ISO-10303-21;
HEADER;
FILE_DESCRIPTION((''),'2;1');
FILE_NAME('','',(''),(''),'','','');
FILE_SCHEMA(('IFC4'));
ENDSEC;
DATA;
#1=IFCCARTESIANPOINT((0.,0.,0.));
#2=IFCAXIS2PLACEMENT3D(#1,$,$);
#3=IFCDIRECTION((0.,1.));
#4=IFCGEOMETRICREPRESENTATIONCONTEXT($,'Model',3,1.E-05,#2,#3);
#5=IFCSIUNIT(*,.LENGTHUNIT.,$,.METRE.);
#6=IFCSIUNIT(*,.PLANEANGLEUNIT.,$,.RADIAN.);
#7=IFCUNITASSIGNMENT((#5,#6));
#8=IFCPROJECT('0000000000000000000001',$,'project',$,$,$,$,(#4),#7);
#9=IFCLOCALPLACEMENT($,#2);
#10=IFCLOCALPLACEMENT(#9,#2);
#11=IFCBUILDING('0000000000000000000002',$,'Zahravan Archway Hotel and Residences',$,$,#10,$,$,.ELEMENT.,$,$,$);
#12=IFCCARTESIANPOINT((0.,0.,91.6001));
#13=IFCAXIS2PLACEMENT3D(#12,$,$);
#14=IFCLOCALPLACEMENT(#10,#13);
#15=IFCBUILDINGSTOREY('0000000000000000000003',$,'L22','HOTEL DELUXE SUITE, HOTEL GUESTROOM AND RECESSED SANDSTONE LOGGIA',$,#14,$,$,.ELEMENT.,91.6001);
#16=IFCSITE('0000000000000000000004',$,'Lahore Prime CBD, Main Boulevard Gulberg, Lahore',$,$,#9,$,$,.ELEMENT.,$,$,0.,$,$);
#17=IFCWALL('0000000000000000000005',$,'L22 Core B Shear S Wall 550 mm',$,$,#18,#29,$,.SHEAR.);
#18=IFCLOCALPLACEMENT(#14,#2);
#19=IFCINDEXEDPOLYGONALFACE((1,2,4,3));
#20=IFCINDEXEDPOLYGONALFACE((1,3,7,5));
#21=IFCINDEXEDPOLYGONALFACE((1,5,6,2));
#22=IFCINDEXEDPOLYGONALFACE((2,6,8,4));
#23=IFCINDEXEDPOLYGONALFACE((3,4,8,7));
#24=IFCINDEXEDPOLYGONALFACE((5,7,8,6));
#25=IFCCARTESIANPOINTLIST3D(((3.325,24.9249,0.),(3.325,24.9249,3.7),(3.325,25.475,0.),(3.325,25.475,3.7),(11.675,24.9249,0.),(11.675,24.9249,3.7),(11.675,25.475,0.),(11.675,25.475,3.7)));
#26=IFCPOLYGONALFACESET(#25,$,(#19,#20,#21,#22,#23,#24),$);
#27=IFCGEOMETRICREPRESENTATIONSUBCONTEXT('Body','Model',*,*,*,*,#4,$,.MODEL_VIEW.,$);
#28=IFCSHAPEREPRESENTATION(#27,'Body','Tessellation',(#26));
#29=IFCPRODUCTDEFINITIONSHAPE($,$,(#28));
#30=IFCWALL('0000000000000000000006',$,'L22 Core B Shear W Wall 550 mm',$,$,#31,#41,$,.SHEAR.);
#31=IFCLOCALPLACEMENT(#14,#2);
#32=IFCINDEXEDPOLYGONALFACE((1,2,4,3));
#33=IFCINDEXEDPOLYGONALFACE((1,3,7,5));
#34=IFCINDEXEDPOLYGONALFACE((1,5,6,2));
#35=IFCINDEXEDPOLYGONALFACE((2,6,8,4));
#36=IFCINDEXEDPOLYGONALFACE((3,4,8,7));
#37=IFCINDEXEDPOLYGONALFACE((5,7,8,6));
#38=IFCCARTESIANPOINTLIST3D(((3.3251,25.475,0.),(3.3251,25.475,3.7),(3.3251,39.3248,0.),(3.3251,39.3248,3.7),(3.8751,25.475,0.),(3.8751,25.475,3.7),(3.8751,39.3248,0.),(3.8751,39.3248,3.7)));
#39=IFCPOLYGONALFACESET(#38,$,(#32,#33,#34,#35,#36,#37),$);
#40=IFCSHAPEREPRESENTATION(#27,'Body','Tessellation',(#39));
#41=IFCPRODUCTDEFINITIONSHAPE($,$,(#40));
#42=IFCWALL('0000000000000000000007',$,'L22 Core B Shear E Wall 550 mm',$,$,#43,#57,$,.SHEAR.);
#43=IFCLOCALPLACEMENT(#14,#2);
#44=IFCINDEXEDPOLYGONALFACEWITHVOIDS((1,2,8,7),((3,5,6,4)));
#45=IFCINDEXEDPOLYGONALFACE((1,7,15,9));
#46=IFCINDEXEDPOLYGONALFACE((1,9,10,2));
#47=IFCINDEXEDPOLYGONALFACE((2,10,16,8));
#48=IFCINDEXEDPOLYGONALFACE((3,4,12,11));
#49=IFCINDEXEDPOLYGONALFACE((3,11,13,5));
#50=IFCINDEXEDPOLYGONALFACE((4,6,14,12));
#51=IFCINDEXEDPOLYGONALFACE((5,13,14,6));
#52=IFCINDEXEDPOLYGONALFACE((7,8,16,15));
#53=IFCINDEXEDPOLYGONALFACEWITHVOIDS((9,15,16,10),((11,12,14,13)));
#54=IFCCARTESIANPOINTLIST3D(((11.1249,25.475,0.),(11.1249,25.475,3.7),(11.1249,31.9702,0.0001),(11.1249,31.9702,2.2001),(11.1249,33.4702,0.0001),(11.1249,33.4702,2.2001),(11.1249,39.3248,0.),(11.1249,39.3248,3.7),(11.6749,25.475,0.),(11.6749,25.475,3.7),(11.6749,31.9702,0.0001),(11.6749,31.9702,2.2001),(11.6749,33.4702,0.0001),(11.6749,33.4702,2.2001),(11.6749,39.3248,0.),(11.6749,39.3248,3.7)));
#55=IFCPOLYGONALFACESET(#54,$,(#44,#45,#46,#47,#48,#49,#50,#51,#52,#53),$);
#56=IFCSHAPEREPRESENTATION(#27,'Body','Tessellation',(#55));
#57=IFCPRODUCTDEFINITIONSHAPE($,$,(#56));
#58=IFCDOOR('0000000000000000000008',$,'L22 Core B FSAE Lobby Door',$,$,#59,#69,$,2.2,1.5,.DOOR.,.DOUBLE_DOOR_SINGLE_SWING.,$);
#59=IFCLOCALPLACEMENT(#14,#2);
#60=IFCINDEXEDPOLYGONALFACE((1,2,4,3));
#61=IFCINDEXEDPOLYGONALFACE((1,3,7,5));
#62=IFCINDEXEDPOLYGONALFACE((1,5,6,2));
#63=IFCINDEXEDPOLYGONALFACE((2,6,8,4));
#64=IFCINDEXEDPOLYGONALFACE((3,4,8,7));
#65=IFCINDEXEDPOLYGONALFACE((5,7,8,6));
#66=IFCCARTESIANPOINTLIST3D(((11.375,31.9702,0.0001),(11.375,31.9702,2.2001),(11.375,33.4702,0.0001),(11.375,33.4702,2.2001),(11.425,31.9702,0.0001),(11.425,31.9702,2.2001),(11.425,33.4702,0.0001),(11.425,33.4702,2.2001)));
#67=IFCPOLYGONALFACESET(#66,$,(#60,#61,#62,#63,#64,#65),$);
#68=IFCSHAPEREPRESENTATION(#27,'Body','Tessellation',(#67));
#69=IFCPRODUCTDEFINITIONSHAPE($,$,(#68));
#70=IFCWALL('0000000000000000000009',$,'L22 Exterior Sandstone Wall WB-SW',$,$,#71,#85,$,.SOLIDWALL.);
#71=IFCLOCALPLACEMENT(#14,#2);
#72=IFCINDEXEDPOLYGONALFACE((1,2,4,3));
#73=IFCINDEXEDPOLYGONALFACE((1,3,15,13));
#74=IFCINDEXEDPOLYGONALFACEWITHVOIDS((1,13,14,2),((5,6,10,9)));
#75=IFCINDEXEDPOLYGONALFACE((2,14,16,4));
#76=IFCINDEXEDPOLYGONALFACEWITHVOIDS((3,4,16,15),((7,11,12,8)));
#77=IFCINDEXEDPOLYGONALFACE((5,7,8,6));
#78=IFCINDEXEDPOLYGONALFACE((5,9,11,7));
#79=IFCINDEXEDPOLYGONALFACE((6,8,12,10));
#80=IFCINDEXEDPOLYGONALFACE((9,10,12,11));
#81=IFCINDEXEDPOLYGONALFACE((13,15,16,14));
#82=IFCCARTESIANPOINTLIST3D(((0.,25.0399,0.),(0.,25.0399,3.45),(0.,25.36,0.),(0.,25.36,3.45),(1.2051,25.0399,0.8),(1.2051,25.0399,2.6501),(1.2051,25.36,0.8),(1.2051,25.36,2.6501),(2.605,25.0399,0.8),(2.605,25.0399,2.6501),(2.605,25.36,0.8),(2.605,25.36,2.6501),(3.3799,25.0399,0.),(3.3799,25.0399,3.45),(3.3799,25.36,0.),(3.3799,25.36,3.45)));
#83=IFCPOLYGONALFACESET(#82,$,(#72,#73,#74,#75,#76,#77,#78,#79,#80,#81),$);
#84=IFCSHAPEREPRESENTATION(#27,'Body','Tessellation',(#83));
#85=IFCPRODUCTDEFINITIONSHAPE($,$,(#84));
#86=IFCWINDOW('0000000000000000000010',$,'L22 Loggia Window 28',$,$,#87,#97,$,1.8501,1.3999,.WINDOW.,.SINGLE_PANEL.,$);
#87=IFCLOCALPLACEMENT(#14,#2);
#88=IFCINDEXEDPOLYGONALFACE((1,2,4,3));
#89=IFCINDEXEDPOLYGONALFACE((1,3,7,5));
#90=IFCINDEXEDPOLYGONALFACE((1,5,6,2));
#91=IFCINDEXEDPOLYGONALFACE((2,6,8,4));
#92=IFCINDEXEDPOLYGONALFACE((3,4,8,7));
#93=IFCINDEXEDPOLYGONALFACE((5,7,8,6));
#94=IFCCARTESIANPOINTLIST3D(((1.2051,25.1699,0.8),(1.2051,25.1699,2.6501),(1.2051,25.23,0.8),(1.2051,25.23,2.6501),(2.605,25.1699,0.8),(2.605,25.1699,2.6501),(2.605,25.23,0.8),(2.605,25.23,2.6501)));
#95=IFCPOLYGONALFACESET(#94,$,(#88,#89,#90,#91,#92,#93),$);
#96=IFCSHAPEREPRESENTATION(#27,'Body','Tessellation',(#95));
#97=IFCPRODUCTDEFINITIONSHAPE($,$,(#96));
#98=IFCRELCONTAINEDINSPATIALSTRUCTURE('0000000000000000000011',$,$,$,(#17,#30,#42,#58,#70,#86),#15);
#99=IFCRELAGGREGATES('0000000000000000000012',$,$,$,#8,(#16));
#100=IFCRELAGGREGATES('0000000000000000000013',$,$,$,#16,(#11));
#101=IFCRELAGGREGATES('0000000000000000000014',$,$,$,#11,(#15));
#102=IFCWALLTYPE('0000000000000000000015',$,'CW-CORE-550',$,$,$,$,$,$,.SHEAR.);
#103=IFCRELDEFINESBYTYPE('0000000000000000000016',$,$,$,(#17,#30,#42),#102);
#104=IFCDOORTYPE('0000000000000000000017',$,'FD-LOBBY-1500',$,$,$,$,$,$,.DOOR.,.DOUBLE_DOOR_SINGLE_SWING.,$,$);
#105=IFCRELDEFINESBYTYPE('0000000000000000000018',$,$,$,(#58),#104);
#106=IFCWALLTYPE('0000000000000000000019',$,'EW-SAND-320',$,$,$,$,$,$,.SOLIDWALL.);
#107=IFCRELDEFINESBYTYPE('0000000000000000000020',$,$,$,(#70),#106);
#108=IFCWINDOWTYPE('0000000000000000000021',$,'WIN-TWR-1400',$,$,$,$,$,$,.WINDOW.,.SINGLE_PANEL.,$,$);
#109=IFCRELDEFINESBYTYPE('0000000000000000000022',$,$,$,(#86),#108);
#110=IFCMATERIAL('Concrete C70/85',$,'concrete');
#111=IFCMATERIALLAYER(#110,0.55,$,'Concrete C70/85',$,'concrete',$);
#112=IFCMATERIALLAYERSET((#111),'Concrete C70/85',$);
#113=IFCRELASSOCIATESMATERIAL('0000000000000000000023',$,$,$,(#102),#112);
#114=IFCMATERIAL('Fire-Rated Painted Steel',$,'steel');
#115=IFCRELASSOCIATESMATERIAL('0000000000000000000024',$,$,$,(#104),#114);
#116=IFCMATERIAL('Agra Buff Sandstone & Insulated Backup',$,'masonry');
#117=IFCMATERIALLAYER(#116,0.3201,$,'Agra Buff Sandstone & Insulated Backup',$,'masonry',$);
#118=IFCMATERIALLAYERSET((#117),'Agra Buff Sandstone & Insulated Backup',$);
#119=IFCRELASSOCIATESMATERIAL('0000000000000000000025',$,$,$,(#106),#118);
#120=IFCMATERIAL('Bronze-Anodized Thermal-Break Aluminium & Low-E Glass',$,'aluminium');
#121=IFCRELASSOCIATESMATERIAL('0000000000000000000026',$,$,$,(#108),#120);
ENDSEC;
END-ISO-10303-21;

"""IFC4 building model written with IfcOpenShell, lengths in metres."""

from ifc_helpers import new_model, si_unit, direction, frame, frame_2d, origin, place, context, subcontext, project, spatial, rectangle, extrude, source, transform, mapped, material, layer, layer_set, type_object, type_shapes, element, fill, save


model = new_model("IFC4")

# Units and contexts
model_context = context("Model", 3, precision=1e-05, world=origin(), true_north=direction((0.0, 1.0)))
body_context = subcontext(model_context, "Body", "Model", "MODEL_VIEW")
ifc_project = project(units=[si_unit("LENGTHUNIT", "METRE"), si_unit("PLANEANGLEUNIT", "RADIAN")], contexts=[model_context])

# Site, building, storey
site_placement = place(None, origin())
site = spatial("IfcSite", under=ifc_project, at=site_placement, Name="Lahore Prime CBD, Main Boulevard Gulberg, Lahore", CompositionType="ELEMENT", RefElevation=0.0)
building_placement = place(site_placement, origin())
building = spatial("IfcBuilding", under=site, at=building_placement, Name="Zahravan Archway Hotel and Residences", CompositionType="ELEMENT")
storey_placement = place(building_placement, frame((0.0, 0.0, 91.6001)))
storey = spatial("IfcBuildingStorey", under=building, at=storey_placement, Name="L22", Description="HOTEL DELUXE SUITE, HOTEL GUESTROOM AND RECESSED SANDSTONE LOGGIA", CompositionType="ELEMENT", Elevation=91.6001)

# Shared definitions
ifc_material_1 = material(Name="Concrete C70/85", Category="concrete")

# Walls
ifc_layer_1 = layer(ifc_material_1, 0.55, Name="Concrete C70/85", Category="concrete")
ifc_layer_set_1 = layer_set([ifc_layer_1], Name="Concrete C70/85")
wall_type_1 = type_object("IfcWallType", Name="CW-CORE-550", PredefinedType="SHEAR", material=ifc_layer_set_1)
wall_1_placement = place(storey_placement, frame((3.325, 25.2, 0.0), z_axis=(0.0, 0.0, 1.0), x_axis=(1.0, 0.0, 0.0)))
element("IfcWall", 1, at=wall_1_placement, inside=storey, type_object=wall_type_1, Name="L22 Core B Shear S Wall 550 mm", PredefinedType="SHEAR", context=body_context, shape_type="SweptSolid", body=[
    extrude(rectangle(XDim=8.3501, YDim=0.55, at=frame_2d((4.175, 0.0))), origin(), (0.0, 0.0, 1.0), 3.7),
])
wall_2_placement = place(storey_placement, frame((3.6001, 25.4751, 0.0), z_axis=(0.0, 0.0, 1.0), x_axis=(0.0, 1.0, 0.0)))
element("IfcWall", 2, at=wall_2_placement, inside=storey, type_object=wall_type_1, Name="L22 Core B Shear W Wall 550 mm", PredefinedType="SHEAR", context=body_context, shape_type="SweptSolid", body=[
    extrude(rectangle(XDim=13.8499, YDim=0.55, at=frame_2d((6.9248, 0.0))), origin(), (0.0, 0.0, 1.0), 3.7),
])

# Wall, opening, door
wall_3_placement = place(storey_placement, frame((11.3999, 25.4751, 0.0), z_axis=(0.0, 0.0, 1.0), x_axis=(0.0, 1.0, 0.0)))
wall_3 = element("IfcWall", 3, at=wall_3_placement, inside=storey, type_object=wall_type_1, Name="L22 Core B Shear E Wall 550 mm", PredefinedType="SHEAR", context=body_context, shape_type="SweptSolid", body=[
    extrude(rectangle(XDim=13.8499, YDim=0.55, at=frame_2d((6.9248, 0.0))), origin(), (0.0, 0.0, 1.0), 3.7),
])
opening_1_placement = place(wall_3_placement, frame((6.4951, 0.0, 0.0)))
opening_1 = element("IfcOpeningElement", 4, at=opening_1_placement, cuts=wall_3, PredefinedType="OPENING", context=body_context, shape_type="SweptSolid", body=[
    extrude(rectangle(XDim=1.5, YDim=2.2, at=frame_2d((0.75, 1.1001))), frame((0.0, 0.2852, 0.0), z_axis=(0.0, -1.0, 0.0), x_axis=(1.0, 0.0, 0.0)), (0.0, 0.0, 1.0), 0.5701),
])
ifc_material_2 = material(Name="Fire-Rated Painted Steel", Category="steel")
door_type_1 = type_object("IfcDoorType", Name="FD-LOBBY-1500", OperationType="DOUBLE_DOOR_SINGLE_SWING", PredefinedType="DOOR", material=ifc_material_2)
shared_shape_1 = source(origin(), body_context, "Body", "SweptSolid", [
    extrude(rectangle(XDim=1.5, YDim=2.2, at=frame_2d((0.75, 1.1001))), frame((0.0, 0.0249, 0.0), z_axis=(0.0, -1.0, 0.0), x_axis=(1.0, 0.0, 0.0)), (0.0, 0.0, 1.0), 0.05),
])
type_shapes(door_type_1, [shared_shape_1])
door_1_placement = place(opening_1_placement, origin())
door_1 = element("IfcDoor", 5, at=door_1_placement, inside=storey, type_object=door_type_1, Name="L22 Core B FSAE Lobby Door", OperationType="DOUBLE_DOOR_SINGLE_SWING", OverallHeight=2.2, OverallWidth=1.5, PredefinedType="DOOR", context=body_context, shape_type="MappedRepresentation", body=[
    mapped(shared_shape_1, transform((0.0, 0.0, 0.0), scale=1.0)),
])
fill(opening_1, door_1)

# Wall, opening, window
ifc_material_3 = material(Name="Agra Buff Sandstone & Insulated Backup", Category="masonry")
ifc_layer_2 = layer(ifc_material_3, 0.3201, Name="Agra Buff Sandstone & Insulated Backup", Category="masonry")
ifc_layer_set_2 = layer_set([ifc_layer_2], Name="Agra Buff Sandstone & Insulated Backup")
wall_type_2 = type_object("IfcWallType", Name="EW-SAND-320", PredefinedType="SOLIDWALL", material=ifc_layer_set_2)
wall_4_placement = place(storey_placement, frame((0.0, 25.2, 0.0), z_axis=(0.0, 0.0, 1.0), x_axis=(1.0, 0.0, 0.0)))
wall_4 = element("IfcWall", 6, at=wall_4_placement, inside=storey, type_object=wall_type_2, Name="L22 Exterior Sandstone Wall WB-SW", PredefinedType="SOLIDWALL", context=body_context, shape_type="SweptSolid", body=[
    extrude(rectangle(XDim=3.3799, YDim=0.3201, at=frame_2d((1.6899, 0.0))), origin(), (0.0, 0.0, 1.0), 3.45),
])
opening_2_placement = place(wall_4_placement, frame((1.2051, 0.0, 0.8)))
opening_2 = element("IfcOpeningElement", 7, at=opening_2_placement, cuts=wall_4, PredefinedType="OPENING", context=body_context, shape_type="SweptSolid", body=[
    extrude(rectangle(XDim=1.3999, YDim=1.8501, at=frame_2d((0.7, 0.925))), frame((0.0, 0.1699, 0.0), z_axis=(0.0, -1.0, 0.0), x_axis=(1.0, 0.0, 0.0)), (0.0, 0.0, 1.0), 0.3401),
])
ifc_material_4 = material(Name="Bronze-Anodized Thermal-Break Aluminium & Low-E Glass", Category="aluminium")
window_type_1 = type_object("IfcWindowType", Name="WIN-TWR-1400", PartitioningType="SINGLE_PANEL", PredefinedType="WINDOW", material=ifc_material_4)
shared_shape_2 = source(origin(), body_context, "Body", "SweptSolid", [
    extrude(rectangle(XDim=1.3999, YDim=1.8501, at=frame_2d((0.7, 0.925))), frame((0.0, 0.03, 0.0), z_axis=(0.0, -1.0, 0.0), x_axis=(1.0, 0.0, 0.0)), (0.0, 0.0, 1.0), 0.0601),
])
type_shapes(window_type_1, [shared_shape_2])
window_1_placement = place(opening_2_placement, origin())
window_1 = element("IfcWindow", 8, at=window_1_placement, inside=storey, type_object=window_type_1, Name="L22 Loggia Window 28", OverallHeight=1.8501, OverallWidth=1.3999, PartitioningType="SINGLE_PANEL", PredefinedType="WINDOW", context=body_context, shape_type="MappedRepresentation", body=[
    mapped(shared_shape_2, transform((0.0, 0.0, 0.0), scale=1.0)),
])
fill(opening_2, window_1)

save(model, "model.ifc")
